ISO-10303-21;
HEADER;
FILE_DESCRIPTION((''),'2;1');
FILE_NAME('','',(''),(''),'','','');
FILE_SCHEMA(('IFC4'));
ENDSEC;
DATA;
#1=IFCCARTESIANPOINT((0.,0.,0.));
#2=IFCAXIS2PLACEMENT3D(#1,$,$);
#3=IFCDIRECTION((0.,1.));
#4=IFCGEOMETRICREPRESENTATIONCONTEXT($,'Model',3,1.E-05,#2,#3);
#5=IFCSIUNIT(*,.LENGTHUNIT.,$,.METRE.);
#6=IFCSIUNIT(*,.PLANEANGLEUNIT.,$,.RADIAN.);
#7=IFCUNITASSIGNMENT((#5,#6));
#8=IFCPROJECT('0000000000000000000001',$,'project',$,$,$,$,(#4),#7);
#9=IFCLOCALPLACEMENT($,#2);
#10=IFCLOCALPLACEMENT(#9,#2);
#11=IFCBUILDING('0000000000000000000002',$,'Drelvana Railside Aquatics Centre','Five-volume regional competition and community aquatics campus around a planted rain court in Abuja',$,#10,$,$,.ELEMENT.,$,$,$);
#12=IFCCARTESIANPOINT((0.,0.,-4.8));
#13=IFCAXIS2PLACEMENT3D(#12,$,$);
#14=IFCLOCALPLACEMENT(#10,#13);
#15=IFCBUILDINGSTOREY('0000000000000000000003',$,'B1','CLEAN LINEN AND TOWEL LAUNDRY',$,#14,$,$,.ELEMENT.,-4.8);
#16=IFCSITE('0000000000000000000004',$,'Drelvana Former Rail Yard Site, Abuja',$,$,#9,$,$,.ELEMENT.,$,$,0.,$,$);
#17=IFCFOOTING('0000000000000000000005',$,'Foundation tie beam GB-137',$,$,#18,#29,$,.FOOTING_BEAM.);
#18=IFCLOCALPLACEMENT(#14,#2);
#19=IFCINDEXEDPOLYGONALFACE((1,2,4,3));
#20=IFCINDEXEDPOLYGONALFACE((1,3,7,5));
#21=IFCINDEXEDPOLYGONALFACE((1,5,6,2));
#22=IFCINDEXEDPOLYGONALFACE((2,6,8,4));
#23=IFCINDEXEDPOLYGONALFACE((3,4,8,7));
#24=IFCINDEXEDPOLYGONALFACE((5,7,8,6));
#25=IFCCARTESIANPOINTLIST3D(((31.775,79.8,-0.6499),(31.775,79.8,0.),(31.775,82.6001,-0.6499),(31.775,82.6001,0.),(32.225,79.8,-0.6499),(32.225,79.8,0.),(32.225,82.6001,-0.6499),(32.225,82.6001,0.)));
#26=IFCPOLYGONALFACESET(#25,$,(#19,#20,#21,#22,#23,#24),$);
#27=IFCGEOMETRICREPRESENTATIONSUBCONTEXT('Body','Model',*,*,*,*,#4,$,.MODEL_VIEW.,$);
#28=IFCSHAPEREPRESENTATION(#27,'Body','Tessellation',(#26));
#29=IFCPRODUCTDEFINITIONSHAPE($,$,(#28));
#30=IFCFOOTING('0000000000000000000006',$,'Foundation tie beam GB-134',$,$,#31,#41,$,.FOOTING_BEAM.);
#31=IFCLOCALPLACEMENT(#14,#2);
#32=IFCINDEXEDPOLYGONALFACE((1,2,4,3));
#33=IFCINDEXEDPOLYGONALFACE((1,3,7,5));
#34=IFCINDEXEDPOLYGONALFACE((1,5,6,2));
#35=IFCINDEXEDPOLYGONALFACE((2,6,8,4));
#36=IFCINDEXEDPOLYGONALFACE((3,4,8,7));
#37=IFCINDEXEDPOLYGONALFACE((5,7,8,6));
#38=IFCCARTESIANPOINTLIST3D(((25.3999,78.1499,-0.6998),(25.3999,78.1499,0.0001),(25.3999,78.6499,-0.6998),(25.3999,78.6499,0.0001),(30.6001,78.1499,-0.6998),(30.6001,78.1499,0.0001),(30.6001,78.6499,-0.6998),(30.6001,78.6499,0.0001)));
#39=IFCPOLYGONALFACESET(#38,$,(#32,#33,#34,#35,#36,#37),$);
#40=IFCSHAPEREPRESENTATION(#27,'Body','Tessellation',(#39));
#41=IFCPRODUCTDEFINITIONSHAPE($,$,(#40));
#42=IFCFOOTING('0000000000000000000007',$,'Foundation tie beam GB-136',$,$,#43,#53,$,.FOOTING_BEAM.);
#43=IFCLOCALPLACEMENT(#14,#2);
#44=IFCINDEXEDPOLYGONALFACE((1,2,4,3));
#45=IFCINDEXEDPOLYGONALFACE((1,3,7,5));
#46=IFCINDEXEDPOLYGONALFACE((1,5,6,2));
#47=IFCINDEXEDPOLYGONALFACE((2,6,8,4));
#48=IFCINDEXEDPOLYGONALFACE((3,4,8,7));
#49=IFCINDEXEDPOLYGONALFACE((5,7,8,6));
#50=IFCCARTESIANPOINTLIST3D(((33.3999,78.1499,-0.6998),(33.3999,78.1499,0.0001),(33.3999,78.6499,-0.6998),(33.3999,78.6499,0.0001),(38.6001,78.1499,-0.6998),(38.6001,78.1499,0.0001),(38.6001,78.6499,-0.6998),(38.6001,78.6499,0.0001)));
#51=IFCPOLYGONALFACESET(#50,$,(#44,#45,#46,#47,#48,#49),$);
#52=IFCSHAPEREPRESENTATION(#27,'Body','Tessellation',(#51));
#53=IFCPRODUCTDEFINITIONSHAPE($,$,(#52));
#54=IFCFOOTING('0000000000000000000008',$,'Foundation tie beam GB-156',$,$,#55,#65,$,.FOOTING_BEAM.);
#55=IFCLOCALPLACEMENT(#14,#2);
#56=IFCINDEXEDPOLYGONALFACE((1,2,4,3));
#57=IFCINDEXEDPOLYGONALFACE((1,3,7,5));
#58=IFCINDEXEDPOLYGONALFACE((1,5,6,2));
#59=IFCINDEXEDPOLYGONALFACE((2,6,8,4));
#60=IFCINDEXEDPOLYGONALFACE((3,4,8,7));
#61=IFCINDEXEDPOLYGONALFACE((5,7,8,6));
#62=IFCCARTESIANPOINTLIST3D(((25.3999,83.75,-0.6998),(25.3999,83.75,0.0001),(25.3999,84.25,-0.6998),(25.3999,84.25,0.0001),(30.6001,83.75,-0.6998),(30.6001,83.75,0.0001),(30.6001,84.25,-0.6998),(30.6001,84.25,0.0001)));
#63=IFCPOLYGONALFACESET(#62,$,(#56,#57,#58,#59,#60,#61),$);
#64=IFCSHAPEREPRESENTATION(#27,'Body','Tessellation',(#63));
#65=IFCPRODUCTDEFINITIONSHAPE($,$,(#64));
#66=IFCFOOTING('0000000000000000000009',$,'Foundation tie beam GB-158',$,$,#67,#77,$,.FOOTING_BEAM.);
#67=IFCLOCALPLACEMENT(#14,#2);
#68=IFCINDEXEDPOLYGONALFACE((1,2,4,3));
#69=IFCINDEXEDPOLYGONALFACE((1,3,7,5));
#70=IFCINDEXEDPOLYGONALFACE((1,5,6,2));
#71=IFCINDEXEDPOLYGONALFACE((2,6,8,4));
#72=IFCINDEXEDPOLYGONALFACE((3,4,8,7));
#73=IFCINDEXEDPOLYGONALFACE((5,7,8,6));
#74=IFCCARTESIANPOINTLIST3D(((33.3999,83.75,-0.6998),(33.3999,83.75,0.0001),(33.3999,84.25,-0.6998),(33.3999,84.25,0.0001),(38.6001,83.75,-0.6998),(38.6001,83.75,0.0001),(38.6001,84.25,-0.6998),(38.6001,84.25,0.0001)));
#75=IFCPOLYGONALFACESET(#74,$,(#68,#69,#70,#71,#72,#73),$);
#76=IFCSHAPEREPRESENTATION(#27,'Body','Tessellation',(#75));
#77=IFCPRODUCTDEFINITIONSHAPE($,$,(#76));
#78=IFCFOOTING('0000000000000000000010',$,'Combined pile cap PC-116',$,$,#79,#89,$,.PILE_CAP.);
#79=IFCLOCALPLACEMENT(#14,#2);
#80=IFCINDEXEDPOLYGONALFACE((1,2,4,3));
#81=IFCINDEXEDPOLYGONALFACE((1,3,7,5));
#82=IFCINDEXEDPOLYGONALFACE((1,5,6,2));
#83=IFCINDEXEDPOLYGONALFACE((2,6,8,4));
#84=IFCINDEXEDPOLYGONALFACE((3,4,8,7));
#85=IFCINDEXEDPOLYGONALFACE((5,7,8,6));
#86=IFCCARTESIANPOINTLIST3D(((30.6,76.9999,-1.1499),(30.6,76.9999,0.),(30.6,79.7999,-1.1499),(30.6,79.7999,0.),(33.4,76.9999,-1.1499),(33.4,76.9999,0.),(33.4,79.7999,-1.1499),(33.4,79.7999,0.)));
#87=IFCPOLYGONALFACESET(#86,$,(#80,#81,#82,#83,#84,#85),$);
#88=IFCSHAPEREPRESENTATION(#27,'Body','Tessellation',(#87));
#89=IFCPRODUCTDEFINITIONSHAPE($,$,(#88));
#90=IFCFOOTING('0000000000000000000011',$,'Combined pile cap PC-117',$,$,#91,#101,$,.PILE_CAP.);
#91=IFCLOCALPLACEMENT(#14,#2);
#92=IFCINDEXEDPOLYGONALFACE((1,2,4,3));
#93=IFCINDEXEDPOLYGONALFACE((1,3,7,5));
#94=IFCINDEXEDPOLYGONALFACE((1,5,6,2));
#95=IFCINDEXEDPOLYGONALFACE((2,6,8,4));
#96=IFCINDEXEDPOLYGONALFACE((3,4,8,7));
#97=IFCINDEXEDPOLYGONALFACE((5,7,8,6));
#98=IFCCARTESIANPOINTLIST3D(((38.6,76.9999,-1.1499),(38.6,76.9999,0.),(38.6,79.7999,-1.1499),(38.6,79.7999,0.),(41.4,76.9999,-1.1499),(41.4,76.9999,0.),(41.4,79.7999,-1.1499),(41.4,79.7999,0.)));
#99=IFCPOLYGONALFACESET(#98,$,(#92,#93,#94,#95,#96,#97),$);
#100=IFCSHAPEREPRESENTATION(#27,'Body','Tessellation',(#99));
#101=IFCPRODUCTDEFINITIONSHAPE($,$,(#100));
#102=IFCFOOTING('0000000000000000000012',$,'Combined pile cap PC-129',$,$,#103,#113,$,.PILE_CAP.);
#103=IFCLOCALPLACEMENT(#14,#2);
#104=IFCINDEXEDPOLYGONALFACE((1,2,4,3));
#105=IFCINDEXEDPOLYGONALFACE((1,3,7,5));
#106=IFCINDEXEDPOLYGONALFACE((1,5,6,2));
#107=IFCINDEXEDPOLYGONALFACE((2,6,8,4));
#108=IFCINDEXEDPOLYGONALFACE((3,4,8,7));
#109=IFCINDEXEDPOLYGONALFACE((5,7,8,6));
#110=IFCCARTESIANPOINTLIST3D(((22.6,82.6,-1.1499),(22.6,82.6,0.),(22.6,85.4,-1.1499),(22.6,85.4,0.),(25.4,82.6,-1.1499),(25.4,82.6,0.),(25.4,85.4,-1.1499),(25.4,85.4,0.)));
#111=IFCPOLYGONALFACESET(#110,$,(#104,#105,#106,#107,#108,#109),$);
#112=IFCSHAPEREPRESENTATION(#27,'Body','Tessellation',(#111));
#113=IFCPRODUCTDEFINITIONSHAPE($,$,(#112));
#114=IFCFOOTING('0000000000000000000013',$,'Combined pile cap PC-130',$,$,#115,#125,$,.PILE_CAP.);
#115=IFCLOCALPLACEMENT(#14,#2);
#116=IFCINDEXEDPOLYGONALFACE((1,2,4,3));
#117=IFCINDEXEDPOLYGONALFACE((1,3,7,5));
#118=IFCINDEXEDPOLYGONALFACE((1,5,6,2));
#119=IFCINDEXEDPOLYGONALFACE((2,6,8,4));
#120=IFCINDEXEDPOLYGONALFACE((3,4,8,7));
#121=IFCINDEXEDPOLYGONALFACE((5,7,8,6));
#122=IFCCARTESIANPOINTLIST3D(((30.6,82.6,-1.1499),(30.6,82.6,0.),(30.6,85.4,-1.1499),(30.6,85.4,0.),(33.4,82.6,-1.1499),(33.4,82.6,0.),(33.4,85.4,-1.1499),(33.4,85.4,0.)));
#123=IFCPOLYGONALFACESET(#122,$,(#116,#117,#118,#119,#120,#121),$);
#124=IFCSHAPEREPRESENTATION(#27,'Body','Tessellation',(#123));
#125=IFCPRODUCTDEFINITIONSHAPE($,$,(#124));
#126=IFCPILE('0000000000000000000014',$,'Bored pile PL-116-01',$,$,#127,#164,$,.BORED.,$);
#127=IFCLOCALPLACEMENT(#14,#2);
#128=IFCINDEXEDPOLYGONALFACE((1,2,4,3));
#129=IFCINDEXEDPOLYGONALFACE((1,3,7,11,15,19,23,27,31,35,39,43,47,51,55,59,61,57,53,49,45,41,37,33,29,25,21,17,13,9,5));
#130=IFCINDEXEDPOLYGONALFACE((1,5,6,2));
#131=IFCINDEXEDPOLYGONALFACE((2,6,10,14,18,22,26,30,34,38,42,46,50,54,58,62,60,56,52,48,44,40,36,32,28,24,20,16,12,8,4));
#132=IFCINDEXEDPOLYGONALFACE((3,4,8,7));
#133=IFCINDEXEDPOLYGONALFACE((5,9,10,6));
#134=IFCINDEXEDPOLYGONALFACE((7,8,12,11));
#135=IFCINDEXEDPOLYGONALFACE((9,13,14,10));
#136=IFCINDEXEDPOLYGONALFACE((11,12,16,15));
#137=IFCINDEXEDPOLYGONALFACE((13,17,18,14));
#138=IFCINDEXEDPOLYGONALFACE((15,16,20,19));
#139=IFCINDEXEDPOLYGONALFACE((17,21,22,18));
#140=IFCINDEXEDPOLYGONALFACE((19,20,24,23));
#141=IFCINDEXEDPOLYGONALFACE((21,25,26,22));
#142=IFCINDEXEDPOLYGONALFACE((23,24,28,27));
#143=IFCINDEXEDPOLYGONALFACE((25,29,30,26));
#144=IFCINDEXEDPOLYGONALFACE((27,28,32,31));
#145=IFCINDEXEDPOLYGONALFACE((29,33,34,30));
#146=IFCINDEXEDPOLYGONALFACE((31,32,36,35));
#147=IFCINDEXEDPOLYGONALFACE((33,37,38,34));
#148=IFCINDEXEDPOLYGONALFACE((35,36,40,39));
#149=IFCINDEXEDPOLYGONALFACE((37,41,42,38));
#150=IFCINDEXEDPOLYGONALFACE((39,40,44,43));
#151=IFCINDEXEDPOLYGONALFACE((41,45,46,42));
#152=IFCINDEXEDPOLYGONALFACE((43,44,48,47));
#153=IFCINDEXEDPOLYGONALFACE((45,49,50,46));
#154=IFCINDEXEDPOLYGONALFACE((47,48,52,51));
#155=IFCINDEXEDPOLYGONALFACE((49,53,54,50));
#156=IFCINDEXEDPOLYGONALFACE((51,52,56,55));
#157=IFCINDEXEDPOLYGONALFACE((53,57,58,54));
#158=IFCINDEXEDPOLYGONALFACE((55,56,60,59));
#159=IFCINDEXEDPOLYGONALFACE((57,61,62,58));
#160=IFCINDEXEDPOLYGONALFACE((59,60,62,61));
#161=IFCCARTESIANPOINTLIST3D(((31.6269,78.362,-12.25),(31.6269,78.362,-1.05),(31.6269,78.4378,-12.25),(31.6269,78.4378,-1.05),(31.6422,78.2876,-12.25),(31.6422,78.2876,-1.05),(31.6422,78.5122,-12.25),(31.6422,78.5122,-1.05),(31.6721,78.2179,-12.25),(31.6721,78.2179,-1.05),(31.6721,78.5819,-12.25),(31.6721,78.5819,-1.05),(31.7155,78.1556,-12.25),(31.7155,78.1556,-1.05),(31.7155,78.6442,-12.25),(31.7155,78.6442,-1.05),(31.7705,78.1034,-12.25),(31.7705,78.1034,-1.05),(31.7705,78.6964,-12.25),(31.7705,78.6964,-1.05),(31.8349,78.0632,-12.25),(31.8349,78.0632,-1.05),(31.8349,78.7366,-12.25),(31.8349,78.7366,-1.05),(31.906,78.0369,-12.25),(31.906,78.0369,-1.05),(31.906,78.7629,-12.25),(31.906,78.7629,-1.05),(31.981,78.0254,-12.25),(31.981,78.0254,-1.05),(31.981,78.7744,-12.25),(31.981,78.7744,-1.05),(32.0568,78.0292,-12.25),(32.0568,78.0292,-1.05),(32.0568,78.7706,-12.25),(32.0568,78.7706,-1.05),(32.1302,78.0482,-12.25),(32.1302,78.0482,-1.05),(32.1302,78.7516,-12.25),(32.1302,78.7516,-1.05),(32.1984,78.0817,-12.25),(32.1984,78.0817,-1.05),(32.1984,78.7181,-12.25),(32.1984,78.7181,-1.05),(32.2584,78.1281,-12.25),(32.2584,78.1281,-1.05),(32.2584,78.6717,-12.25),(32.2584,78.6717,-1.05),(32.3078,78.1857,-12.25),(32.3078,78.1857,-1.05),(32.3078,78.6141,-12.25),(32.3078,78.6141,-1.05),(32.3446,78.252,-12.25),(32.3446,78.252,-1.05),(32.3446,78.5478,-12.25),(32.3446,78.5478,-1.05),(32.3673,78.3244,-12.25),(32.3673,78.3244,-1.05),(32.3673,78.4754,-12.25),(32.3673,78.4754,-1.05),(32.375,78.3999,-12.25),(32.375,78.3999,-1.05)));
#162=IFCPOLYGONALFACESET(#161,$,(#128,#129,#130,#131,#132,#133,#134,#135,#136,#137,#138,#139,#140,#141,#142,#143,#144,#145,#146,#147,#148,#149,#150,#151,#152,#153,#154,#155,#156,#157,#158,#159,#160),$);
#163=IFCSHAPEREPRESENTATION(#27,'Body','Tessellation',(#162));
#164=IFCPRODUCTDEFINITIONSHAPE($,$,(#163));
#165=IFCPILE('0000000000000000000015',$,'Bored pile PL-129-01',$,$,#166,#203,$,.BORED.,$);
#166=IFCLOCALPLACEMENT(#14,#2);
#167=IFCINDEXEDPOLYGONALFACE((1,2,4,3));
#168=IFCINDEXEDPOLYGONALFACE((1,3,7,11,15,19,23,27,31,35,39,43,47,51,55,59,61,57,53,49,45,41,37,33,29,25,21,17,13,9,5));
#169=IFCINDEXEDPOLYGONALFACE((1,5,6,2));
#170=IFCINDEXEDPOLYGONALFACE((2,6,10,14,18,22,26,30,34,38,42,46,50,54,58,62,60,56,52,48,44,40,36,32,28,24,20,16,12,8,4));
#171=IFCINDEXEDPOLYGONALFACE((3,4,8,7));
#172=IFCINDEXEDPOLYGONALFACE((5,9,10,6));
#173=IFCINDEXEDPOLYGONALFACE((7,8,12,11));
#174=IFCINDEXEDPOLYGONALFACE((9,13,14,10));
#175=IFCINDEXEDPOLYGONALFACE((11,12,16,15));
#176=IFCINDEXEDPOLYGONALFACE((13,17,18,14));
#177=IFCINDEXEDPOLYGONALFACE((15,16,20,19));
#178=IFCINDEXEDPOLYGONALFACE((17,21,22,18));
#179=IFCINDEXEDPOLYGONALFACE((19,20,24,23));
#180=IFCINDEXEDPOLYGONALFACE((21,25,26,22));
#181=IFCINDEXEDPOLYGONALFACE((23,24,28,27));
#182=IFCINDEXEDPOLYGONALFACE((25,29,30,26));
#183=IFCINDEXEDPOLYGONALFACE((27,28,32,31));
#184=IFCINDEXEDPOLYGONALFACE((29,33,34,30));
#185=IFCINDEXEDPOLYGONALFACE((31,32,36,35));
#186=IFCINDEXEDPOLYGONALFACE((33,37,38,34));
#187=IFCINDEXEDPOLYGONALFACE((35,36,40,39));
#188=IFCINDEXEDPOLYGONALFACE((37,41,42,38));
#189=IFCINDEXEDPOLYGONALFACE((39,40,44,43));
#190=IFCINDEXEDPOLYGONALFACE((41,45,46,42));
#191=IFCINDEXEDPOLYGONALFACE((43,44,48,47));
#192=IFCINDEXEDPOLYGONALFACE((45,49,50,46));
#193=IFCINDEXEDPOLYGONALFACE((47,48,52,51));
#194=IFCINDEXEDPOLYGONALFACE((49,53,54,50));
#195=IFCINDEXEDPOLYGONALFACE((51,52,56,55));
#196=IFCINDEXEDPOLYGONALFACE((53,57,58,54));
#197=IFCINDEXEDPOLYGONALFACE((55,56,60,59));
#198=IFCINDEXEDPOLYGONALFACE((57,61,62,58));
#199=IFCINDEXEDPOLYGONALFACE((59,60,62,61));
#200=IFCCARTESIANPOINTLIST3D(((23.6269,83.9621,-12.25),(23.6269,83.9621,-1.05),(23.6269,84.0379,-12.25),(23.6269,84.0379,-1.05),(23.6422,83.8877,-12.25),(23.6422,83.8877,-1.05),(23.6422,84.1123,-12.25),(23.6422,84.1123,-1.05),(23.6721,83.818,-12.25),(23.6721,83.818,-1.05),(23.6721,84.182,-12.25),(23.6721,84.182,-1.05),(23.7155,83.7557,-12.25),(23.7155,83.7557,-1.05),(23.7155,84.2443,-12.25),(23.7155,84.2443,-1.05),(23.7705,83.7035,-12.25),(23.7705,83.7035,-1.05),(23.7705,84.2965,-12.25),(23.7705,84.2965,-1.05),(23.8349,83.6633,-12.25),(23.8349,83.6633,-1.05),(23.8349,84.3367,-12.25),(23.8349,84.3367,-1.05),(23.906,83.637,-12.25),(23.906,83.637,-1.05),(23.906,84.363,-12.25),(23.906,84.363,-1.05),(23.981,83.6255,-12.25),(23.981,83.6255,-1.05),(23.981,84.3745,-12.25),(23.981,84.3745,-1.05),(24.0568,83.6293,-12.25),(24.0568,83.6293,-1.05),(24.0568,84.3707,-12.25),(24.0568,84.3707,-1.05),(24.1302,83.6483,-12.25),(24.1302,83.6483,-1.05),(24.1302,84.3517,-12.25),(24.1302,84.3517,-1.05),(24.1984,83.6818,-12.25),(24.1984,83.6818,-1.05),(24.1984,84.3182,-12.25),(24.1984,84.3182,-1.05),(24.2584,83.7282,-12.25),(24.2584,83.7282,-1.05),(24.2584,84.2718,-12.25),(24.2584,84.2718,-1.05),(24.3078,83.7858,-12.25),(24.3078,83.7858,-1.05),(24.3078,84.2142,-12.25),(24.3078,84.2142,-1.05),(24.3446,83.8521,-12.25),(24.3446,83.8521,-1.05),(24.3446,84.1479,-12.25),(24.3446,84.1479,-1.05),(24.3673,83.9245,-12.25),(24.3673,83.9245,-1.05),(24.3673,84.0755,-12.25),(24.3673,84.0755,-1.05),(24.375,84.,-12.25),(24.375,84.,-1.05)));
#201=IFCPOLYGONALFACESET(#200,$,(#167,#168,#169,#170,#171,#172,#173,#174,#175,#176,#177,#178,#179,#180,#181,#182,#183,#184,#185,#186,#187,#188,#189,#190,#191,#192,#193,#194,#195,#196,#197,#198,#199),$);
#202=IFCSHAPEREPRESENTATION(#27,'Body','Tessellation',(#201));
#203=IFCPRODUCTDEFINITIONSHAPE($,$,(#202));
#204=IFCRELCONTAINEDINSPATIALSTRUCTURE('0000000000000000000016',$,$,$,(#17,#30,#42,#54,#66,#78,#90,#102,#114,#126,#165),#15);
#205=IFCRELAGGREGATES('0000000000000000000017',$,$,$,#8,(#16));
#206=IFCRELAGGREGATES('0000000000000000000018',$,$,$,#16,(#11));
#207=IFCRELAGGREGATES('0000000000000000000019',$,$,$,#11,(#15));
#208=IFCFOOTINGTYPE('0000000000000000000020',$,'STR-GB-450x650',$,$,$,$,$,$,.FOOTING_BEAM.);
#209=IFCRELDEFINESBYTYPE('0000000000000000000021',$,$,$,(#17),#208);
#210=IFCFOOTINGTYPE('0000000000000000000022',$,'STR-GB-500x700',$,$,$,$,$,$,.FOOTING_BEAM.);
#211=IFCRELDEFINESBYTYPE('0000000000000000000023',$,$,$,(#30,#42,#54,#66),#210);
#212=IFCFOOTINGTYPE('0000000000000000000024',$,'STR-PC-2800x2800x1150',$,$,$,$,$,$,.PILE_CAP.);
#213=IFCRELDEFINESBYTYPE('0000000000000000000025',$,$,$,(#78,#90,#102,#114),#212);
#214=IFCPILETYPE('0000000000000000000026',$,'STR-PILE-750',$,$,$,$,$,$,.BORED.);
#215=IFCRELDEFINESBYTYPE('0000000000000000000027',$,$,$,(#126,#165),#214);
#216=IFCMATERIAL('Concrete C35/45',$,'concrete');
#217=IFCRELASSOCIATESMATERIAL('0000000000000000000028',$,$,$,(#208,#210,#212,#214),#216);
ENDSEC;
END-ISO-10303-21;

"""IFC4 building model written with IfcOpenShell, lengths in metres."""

from ifc_helpers import new_model, si_unit, direction, frame, origin, origin_2d, place, context, subcontext, project, spatial, rectangle, circle, extrude, material, material_profile, profile_set, type_object, element, save


model = new_model("IFC4")

# Units and contexts
model_context = context("Model", 3, precision=1e-05, world=origin(), true_north=direction((0.0, 1.0)))
body_context = subcontext(model_context, "Body", "Model", "MODEL_VIEW")
ifc_project = project(units=[si_unit("LENGTHUNIT", "METRE"), si_unit("PLANEANGLEUNIT", "RADIAN")], contexts=[model_context])

# Site, building, storey
site_placement = place(None, origin())
site = spatial("IfcSite", under=ifc_project, at=site_placement, Name="Drelvana Former Rail Yard Site, Abuja", CompositionType="ELEMENT", RefElevation=0.0)
building_placement = place(site_placement, origin())
building = spatial("IfcBuilding", under=site, at=building_placement, Name="Drelvana Railside Aquatics Centre", Description="Five-volume regional competition and community aquatics campus around a planted rain court in Abuja", CompositionType="ELEMENT")
storey_placement = place(building_placement, frame((0.0, 0.0, -4.8)))
storey = spatial("IfcBuildingStorey", under=building, at=storey_placement, Name="B1", Description="CLEAN LINEN AND TOWEL LAUNDRY", CompositionType="ELEMENT", Elevation=-4.8)

# Footings
ifc_material_1 = material(Name="Concrete C35/45", Category="concrete")
ifc_material_profile_1 = material_profile(ifc_material_1, rectangle(XDim=0.45, YDim=0.6499, at=origin_2d()), Name="GB 450x650")
ifc_profile_set_1 = profile_set([ifc_material_profile_1], Name="Concrete C35/45")
footing_type_1 = type_object("IfcFootingType", Name="STR-GB-450x650", PredefinedType="FOOTING_BEAM", material=ifc_profile_set_1)
footing_placement = place(storey_placement, frame((32.0, 79.8, -0.325), z_axis=(0.0, 1.0, 0.0), x_axis=(-1.0, 0.0, 0.0)))
element("IfcFooting", 1, at=footing_placement, inside=storey, type_object=footing_type_1, Name="Foundation tie beam GB-137", PredefinedType="FOOTING_BEAM", context=body_context, shape_type="SweptSolid", body=[
    extrude(rectangle(XDim=0.45, YDim=0.6499, at=origin_2d()), origin(), (0.0, 0.0, 1.0), 2.8),
])
ifc_material_profile_2 = material_profile(ifc_material_1, rectangle(XDim=0.5, YDim=0.7, at=origin_2d()), Name="GB 500x700")
ifc_profile_set_2 = profile_set([ifc_material_profile_2], Name="Concrete C35/45")
footing_type_2 = type_object("IfcFootingType", Name="STR-GB-500x700", PredefinedType="FOOTING_BEAM", material=ifc_profile_set_2)
for number, where, z_axis, x_axis, name in (
    (2, (25.3999, 78.3999, -0.3499), (1.0, 0.0, 0.0), (0.0, 1.0, 0.0), "Foundation tie beam GB-134"),
    (3, (33.3999, 78.3999, -0.3499), (1.0, 0.0, 0.0), (0.0, 1.0, 0.0), "Foundation tie beam GB-136"),
    (4, (25.3999, 84.0, -0.3499), (1.0, 0.0, 0.0), (0.0, 1.0, 0.0), "Foundation tie beam GB-156"),
    (5, (33.3999, 84.0, -0.3499), (1.0, 0.0, 0.0), (0.0, 1.0, 0.0), "Foundation tie beam GB-158"),
):
    element("IfcFooting", number, at=place(storey_placement, frame(where, z_axis=z_axis, x_axis=x_axis)), inside=storey, type_object=footing_type_2, Name=name, PredefinedType="FOOTING_BEAM", context=body_context, shape_type="SweptSolid", body=[
        extrude(rectangle(XDim=0.5, YDim=0.7, at=origin_2d()), origin(), (0.0, 0.0, 1.0), 5.2002),
    ])
footing_type_3 = type_object("IfcFootingType", Name="STR-PC-2800x2800x1150", PredefinedType="PILE_CAP", material=ifc_material_1)
for number, where, z_axis, x_axis, name in (
    (6, (32.0, 78.3999, -1.1499), (0.0, 0.0, 1.0), (1.0, 0.0, 0.0), "Combined pile cap PC-116"),
    (7, (40.0, 78.3999, -1.1499), (0.0, 0.0, 1.0), (1.0, 0.0, 0.0), "Combined pile cap PC-117"),
    (8, (24.0, 84.0, -1.1499), (0.0, 0.0, 1.0), (1.0, 0.0, 0.0), "Combined pile cap PC-129"),
    (9, (32.0, 84.0, -1.1499), (0.0, 0.0, 1.0), (1.0, 0.0, 0.0), "Combined pile cap PC-130"),
):
    element("IfcFooting", number, at=place(storey_placement, frame(where, z_axis=z_axis, x_axis=x_axis)), inside=storey, type_object=footing_type_3, Name=name, PredefinedType="PILE_CAP", context=body_context, shape_type="SweptSolid", body=[
        extrude(rectangle(XDim=2.8, YDim=2.8, at=origin_2d()), origin(), (0.0, 0.0, 1.0), 1.1499),
    ])

# Piles
ifc_material_profile_3 = material_profile(ifc_material_1, circle(Radius=0.375, at=origin_2d()), Name="PILE D750")
ifc_profile_set_3 = profile_set([ifc_material_profile_3], Name="Concrete C35/45")
pile_type = type_object("IfcPileType", Name="STR-PILE-750", PredefinedType="BORED", material=ifc_profile_set_3)
for number, where, z_axis, x_axis, name in (
    (10, (32.0, 78.3999, -1.05), (0.0, 0.0, -1.0), (1.0, 0.0, 0.0), "Bored pile PL-116-01"),
    (11, (24.0, 84.0, -1.05), (0.0, 0.0, -1.0), (1.0, 0.0, 0.0), "Bored pile PL-129-01"),
):
    element("IfcPile", number, at=place(storey_placement, frame(where, z_axis=z_axis, x_axis=x_axis)), inside=storey, type_object=pile_type, Name=name, PredefinedType="BORED", context=body_context, shape_type="SweptSolid", body=[
        extrude(circle(Radius=0.375, at=origin_2d()), origin(), (0.0, 0.0, 1.0), 11.2),
    ])

save(model, "model.ifc")
